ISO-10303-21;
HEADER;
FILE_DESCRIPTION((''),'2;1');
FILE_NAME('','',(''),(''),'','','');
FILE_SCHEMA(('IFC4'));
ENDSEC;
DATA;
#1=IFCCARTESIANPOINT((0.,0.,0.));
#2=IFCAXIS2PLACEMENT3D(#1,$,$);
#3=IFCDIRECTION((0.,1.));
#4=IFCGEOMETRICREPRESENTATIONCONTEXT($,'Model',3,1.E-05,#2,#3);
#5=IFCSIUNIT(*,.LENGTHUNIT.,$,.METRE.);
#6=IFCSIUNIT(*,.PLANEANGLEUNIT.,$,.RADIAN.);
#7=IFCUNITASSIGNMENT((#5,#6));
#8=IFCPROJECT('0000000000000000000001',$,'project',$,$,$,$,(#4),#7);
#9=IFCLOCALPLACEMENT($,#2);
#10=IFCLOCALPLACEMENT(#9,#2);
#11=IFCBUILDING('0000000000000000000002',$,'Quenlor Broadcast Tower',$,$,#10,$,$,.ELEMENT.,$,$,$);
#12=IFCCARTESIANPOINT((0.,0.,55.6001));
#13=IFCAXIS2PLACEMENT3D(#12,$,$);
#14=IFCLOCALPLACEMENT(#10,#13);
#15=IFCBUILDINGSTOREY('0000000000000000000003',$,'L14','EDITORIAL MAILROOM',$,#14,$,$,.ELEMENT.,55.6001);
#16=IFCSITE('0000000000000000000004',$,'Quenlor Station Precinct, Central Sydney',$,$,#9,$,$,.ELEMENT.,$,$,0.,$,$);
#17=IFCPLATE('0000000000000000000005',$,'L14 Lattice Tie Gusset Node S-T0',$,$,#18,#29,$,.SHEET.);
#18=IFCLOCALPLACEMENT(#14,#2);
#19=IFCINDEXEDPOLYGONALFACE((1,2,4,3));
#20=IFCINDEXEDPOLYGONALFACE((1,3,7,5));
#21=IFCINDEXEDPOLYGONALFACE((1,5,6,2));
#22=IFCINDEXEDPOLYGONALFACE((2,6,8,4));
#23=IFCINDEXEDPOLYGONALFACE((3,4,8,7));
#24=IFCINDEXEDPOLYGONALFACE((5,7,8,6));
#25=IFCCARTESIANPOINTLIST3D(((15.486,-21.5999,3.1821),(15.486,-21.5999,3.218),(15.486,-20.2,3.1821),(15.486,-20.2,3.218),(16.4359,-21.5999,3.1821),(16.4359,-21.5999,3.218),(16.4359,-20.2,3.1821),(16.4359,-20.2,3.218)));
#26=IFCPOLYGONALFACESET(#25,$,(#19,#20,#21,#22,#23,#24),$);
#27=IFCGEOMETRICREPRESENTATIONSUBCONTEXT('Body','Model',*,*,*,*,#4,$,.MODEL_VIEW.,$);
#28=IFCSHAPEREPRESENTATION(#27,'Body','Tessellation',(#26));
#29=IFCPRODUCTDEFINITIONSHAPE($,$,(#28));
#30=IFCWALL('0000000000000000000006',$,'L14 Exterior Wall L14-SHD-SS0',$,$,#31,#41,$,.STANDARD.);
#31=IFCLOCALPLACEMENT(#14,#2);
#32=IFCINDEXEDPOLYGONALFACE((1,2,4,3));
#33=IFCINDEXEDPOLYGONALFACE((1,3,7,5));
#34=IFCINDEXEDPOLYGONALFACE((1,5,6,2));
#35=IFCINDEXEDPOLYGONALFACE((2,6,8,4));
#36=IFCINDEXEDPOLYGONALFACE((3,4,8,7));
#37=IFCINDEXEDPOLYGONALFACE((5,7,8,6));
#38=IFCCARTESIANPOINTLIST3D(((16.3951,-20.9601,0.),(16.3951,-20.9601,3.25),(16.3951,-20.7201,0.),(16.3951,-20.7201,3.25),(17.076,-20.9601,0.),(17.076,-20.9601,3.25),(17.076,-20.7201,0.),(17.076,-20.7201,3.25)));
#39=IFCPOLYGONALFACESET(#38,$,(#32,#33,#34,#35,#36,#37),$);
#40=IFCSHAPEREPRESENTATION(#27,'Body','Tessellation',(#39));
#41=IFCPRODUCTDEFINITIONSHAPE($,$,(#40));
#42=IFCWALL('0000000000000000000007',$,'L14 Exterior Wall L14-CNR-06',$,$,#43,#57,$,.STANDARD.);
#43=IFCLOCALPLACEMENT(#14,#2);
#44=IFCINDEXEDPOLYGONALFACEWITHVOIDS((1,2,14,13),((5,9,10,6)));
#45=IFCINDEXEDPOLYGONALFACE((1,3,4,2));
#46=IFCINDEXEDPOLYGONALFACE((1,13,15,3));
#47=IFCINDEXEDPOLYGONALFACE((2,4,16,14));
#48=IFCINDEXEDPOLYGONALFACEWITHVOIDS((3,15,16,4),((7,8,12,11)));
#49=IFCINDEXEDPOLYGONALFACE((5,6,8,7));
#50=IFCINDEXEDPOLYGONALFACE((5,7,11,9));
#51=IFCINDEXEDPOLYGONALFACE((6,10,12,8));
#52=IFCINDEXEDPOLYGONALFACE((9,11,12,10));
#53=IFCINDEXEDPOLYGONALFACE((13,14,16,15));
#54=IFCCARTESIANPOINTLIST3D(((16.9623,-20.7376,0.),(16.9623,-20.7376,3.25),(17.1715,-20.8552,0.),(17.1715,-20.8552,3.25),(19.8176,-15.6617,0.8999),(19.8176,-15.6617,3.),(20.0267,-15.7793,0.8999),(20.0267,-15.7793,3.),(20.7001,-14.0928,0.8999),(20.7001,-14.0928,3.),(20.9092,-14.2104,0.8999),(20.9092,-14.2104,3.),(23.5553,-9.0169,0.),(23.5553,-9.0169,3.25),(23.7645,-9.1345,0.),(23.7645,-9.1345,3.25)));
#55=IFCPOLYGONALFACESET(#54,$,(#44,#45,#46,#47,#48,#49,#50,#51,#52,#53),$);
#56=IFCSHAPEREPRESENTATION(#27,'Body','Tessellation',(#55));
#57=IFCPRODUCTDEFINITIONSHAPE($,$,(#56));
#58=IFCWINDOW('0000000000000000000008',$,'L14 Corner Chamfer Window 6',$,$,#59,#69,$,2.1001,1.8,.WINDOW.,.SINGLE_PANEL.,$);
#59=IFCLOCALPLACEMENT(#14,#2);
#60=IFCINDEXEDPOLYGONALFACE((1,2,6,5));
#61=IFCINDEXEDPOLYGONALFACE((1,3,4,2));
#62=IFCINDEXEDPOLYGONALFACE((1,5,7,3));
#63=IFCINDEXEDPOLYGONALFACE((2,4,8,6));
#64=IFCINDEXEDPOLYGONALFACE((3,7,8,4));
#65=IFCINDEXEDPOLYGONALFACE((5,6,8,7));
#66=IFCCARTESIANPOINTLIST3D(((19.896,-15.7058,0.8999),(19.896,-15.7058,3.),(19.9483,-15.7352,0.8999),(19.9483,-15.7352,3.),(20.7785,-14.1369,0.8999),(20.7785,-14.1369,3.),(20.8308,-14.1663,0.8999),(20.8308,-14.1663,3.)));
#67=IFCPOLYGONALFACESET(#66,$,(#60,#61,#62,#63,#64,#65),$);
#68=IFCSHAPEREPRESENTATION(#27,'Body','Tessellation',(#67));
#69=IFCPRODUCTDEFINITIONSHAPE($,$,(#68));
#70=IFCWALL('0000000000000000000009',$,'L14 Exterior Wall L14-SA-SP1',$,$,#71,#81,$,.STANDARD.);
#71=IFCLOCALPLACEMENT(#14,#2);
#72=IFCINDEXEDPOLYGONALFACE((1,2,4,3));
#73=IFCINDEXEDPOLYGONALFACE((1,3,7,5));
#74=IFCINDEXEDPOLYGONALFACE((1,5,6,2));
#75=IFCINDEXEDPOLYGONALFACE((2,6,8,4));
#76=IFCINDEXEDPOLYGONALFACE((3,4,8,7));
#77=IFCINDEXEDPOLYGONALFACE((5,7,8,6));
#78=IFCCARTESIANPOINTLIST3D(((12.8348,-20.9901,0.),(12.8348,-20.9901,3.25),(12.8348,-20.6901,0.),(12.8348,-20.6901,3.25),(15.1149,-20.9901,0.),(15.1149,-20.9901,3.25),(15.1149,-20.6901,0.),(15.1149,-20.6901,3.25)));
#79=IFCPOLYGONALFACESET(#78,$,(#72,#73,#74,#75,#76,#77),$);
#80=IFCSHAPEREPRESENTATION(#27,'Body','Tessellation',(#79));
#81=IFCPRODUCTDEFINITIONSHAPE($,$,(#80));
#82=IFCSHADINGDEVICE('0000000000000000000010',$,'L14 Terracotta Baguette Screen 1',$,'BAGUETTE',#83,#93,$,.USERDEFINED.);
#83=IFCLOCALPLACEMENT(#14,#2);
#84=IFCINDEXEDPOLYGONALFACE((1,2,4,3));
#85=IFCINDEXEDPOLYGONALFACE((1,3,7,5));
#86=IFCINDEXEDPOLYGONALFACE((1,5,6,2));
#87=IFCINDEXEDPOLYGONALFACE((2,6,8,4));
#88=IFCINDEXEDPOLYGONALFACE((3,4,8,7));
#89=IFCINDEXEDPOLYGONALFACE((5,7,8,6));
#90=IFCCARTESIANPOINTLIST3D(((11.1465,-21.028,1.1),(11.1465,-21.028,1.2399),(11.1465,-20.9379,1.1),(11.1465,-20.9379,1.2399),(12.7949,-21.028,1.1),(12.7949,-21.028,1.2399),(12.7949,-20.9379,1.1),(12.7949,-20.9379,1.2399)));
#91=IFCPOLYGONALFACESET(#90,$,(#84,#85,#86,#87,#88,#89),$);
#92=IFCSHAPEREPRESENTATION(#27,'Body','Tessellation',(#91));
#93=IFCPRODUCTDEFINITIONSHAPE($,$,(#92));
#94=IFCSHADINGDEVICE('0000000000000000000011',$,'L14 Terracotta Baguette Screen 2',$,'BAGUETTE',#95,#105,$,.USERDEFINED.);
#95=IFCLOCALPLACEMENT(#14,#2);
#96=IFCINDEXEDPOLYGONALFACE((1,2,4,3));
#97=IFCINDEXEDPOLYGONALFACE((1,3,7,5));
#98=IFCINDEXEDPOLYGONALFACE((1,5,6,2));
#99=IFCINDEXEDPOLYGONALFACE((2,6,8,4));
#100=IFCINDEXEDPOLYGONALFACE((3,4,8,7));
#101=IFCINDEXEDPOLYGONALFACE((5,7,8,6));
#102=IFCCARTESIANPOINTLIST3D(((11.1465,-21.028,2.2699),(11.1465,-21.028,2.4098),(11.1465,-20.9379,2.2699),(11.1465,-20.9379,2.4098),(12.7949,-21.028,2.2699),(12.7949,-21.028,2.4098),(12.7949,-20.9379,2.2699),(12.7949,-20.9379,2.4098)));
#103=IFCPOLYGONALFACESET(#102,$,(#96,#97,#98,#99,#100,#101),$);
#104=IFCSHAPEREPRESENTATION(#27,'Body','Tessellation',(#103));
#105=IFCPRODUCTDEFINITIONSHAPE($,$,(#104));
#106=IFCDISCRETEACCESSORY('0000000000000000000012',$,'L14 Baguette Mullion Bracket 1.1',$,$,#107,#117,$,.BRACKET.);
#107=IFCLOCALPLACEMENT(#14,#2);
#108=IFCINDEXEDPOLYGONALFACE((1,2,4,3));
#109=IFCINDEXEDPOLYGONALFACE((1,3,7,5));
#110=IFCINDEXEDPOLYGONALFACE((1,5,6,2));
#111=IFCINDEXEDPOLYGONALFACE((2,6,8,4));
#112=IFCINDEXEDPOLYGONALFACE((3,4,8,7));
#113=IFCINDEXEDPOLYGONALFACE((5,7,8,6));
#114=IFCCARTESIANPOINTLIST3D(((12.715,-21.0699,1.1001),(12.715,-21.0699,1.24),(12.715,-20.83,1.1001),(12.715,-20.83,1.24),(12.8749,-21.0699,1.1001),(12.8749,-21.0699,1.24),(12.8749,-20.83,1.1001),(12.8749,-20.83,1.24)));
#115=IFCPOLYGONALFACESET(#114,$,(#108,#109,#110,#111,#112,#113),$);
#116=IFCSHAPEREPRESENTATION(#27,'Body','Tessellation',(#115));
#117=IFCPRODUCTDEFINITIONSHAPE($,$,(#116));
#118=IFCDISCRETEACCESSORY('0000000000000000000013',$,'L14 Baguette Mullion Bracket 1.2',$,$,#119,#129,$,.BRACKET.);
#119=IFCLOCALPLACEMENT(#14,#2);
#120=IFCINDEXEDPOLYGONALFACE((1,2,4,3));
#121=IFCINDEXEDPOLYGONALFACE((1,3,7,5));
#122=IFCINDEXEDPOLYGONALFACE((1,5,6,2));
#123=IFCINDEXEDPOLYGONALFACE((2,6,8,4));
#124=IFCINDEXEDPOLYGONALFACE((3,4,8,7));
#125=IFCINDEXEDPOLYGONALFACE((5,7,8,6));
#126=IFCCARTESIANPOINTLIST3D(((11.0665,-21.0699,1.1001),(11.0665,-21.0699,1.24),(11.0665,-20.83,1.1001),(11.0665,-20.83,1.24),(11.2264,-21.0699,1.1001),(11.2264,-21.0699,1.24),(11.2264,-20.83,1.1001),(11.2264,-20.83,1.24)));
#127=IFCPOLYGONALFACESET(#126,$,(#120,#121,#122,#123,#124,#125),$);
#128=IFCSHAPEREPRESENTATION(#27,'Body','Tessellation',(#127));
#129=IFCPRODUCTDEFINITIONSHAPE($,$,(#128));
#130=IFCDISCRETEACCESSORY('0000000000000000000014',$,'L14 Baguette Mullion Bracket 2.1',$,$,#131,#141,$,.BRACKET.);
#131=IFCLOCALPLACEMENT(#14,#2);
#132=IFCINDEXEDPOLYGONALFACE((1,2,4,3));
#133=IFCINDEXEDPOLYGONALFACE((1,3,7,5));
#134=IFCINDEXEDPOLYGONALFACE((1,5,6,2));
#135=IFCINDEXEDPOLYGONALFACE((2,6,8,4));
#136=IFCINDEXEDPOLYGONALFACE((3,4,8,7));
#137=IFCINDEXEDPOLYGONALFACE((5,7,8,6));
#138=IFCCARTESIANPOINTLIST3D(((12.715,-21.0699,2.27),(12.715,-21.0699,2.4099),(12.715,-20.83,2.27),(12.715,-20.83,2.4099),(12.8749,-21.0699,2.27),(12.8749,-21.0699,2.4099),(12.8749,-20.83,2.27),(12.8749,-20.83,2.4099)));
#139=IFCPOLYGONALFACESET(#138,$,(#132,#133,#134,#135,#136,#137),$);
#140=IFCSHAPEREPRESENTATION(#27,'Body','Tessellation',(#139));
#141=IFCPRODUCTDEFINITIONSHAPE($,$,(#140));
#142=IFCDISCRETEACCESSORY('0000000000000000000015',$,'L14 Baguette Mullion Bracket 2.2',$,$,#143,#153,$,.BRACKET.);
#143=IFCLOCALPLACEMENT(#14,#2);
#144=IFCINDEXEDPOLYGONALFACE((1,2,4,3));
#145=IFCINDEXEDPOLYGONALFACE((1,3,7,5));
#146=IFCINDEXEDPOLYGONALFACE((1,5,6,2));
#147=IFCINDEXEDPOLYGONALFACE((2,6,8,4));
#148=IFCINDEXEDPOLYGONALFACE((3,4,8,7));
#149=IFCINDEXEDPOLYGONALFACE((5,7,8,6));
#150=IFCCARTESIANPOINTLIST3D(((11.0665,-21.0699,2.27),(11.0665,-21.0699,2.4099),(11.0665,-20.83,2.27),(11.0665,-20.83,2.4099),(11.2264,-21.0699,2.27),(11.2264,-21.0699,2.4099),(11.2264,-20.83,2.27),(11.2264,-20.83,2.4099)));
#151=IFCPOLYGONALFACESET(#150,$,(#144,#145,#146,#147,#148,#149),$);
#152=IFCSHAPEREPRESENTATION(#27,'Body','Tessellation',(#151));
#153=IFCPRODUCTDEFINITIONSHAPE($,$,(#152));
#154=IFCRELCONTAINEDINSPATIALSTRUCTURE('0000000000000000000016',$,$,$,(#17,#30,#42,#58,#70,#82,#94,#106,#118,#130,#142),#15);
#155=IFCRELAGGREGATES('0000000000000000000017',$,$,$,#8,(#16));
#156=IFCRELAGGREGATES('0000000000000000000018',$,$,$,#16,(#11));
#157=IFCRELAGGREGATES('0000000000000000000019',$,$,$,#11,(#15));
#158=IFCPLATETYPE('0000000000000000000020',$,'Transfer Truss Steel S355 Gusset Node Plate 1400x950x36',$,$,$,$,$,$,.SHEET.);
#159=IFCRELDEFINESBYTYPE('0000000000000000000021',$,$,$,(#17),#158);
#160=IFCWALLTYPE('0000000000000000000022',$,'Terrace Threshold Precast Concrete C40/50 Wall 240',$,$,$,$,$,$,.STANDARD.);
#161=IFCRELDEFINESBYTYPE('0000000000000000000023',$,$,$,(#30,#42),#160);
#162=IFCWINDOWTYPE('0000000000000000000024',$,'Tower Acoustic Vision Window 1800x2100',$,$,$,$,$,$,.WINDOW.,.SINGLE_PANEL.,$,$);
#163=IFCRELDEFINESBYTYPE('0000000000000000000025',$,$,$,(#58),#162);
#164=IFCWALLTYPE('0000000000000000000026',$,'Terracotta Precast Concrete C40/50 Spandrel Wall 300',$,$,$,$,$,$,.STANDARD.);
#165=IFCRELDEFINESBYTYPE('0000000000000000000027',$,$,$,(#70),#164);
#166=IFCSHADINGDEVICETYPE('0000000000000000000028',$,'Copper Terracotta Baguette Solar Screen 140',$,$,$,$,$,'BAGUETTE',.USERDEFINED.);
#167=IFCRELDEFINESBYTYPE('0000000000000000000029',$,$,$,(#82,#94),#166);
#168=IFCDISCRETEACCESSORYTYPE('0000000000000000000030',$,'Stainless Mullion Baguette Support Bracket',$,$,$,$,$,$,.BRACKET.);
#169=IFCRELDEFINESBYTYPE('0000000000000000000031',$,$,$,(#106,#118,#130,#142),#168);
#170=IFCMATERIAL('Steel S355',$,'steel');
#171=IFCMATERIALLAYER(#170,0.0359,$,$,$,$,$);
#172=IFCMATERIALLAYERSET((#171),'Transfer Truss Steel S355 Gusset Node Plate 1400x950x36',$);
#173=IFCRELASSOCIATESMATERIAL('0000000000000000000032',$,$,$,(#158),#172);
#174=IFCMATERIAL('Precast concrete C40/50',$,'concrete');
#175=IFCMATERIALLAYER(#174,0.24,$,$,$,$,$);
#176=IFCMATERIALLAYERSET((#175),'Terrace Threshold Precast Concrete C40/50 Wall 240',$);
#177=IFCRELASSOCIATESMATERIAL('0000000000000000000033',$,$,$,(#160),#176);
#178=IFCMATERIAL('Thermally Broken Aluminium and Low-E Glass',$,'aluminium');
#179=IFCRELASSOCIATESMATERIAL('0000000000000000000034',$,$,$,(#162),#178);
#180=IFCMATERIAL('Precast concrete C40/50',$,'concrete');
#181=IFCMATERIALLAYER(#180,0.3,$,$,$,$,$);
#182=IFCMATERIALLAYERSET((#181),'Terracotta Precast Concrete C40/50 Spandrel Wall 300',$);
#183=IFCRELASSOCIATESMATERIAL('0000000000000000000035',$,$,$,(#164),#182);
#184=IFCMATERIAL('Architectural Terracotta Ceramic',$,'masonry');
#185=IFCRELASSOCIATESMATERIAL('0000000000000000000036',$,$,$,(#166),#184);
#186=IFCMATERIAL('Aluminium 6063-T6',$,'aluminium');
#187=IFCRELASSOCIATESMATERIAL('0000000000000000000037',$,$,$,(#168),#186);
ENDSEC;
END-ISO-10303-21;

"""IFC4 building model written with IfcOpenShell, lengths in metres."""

from ifc_helpers import new_model, si_unit, direction, frame, frame_2d, origin, origin_2d, place, context, subcontext, project, spatial, rectangle, extrude, material, layer, layer_set, material_profile, profile_set, type_object, element, fill, save


model = new_model("IFC4")

# Units and contexts
model_context = context("Model", 3, precision=1e-05, world=origin(), true_north=direction((0.0, 1.0)))
body_context = subcontext(model_context, "Body", "Model", "MODEL_VIEW")
ifc_project = project(units=[si_unit("LENGTHUNIT", "METRE"), si_unit("PLANEANGLEUNIT", "RADIAN")], contexts=[model_context])

# Site, building, storey
site_placement = place(None, origin())
site = spatial("IfcSite", under=ifc_project, at=site_placement, Name="Quenlor Station Precinct, Central Sydney", CompositionType="ELEMENT", RefElevation=0.0)
building_placement = place(site_placement, origin())
building = spatial("IfcBuilding", under=site, at=building_placement, Name="Quenlor Broadcast Tower", CompositionType="ELEMENT")
storey_placement = place(building_placement, frame((0.0, 0.0, 55.6001)))
storey = spatial("IfcBuildingStorey", under=building, at=storey_placement, Name="L14", Description="EDITORIAL MAILROOM", CompositionType="ELEMENT", Elevation=55.6001)

# Plate
ifc_material_1 = material(Name="Steel S355", Category="steel")
ifc_layer_1 = layer(ifc_material_1, 0.0359)
ifc_layer_set_1 = layer_set([ifc_layer_1], Name="Transfer Truss Steel S355 Gusset Node Plate 1400x950x36")
plate_type_1 = type_object("IfcPlateType", Name="Transfer Truss Steel S355 Gusset Node Plate 1400x950x36", PredefinedType="SHEET", material=ifc_layer_set_1)
for number, where, z_axis, x_axis, name in (
    (1, (15.9609, -20.8999, 3.1821), (0.0, 0.0, 1.0), (0.0, -1.0, 0.0), "L14 Lattice Tie Gusset Node S-T0"),
):
    element("IfcPlate", number, at=place(storey_placement, frame(where, z_axis=z_axis, x_axis=x_axis)), inside=storey, type_object=plate_type_1, Name=name, PredefinedType="SHEET", context=body_context, shape_type="SweptSolid", body=[
        extrude(rectangle(XDim=1.3999, YDim=0.95, at=origin_2d()), origin(), (0.0, 0.0, 1.0), 0.0359),
    ])

# Wall
ifc_material_2 = material(Name="Precast concrete C40/50", Category="concrete")
ifc_layer_2 = layer(ifc_material_2, 0.24)
ifc_layer_set_2 = layer_set([ifc_layer_2], Name="Terrace Threshold Precast Concrete C40/50 Wall 240")
wall_type_1 = type_object("IfcWallType", Name="Terrace Threshold Precast Concrete C40/50 Wall 240", PredefinedType="STANDARD", material=ifc_layer_set_2)
wall_1_placement = place(storey_placement, frame((17.0759, -20.8401, 0.0), z_axis=(0.0, 0.0, 1.0), x_axis=(-1.0, 0.0, 0.0)))
element("IfcWall", 2, at=wall_1_placement, inside=storey, type_object=wall_type_1, Name="L14 Exterior Wall L14-SHD-SS0", PredefinedType="STANDARD", context=body_context, shape_type="SweptSolid", body=[
    extrude(rectangle(XDim=0.6809, YDim=0.24, at=frame_2d((0.3403, 0.0))), origin(), (0.0, 0.0, 1.0), 3.25),
])

# Wall, opening, window
wall_2_placement = place(storey_placement, frame((17.0669, -20.7964, 0.0), z_axis=(0.0, 0.0, 1.0), x_axis=(0.490268, 0.871572, 0.0)))
wall_2 = element("IfcWall", 3, at=wall_2_placement, inside=storey, type_object=wall_type_1, Name="L14 Exterior Wall L14-CNR-06", PredefinedType="STANDARD", context=body_context, shape_type="SweptSolid", body=[
    extrude(rectangle(XDim=13.4478, YDim=0.24, at=frame_2d((6.7239, 0.0))), origin(), (0.0, 0.0, 1.0), 3.25),
])
opening_placement = place(wall_2_placement, frame((5.824, 0.0, 0.8999)))
opening = element("IfcOpeningElement", 4, at=opening_placement, cuts=wall_2, PredefinedType="OPENING", context=body_context, shape_type="SweptSolid", body=[
    extrude(rectangle(XDim=1.8, YDim=2.1001, at=frame_2d((0.8999, 1.05))), frame((0.0, 0.1299, 0.0), z_axis=(0.0, -1.0, 0.0), x_axis=(1.0, 0.0, 0.0)), (0.0, 0.0, 1.0), 0.26),
])
ifc_material_3 = material(Name="Thermally Broken Aluminium and Low-E Glass", Category="aluminium")
window_type = type_object("IfcWindowType", Name="Tower Acoustic Vision Window 1800x2100", PartitioningType="SINGLE_PANEL", PredefinedType="WINDOW", material=ifc_material_3)
window_placement = place(opening_placement, origin())
window = element("IfcWindow", 5, at=window_placement, inside=storey, type_object=window_type, Name="L14 Corner Chamfer Window 6", OverallHeight=2.1001, OverallWidth=1.8, PartitioningType="SINGLE_PANEL", PredefinedType="WINDOW", context=body_context, shape_type="SweptSolid", body=[
    extrude(rectangle(XDim=1.8, YDim=2.1001, at=frame_2d((0.8999, 1.05))), frame((0.0, 0.03, 0.0), z_axis=(0.0, -1.0, 0.0), x_axis=(1.0, 0.0, 0.0)), (0.0, 0.0, 1.0), 0.0601),
])
fill(opening, window)

# Wall
ifc_material_4 = material(Name="Precast concrete C40/50", Category="concrete")
ifc_layer_3 = layer(ifc_material_4, 0.3)
ifc_layer_set_3 = layer_set([ifc_layer_3], Name="Terracotta Precast Concrete C40/50 Spandrel Wall 300")
wall_type_2 = type_object("IfcWallType", Name="Terracotta Precast Concrete C40/50 Spandrel Wall 300", PredefinedType="STANDARD", material=ifc_layer_set_3)
wall_3_placement = place(storey_placement, frame((15.115, -20.8401, 0.0), z_axis=(0.0, 0.0, 1.0), x_axis=(-1.0, 0.0, 0.0)))
element("IfcWall", 6, at=wall_3_placement, inside=storey, type_object=wall_type_2, Name="L14 Exterior Wall L14-SA-SP1", PredefinedType="STANDARD", context=body_context, shape_type="SweptSolid", body=[
    extrude(rectangle(XDim=2.28, YDim=0.3, at=frame_2d((1.1401, 0.0))), origin(), (0.0, 0.0, 1.0), 3.25),
])

# Shading devices
ifc_material_5 = material(Name="Architectural Terracotta Ceramic", Category="masonry")
ifc_material_profile_1 = material_profile(ifc_material_5, rectangle(XDim=0.0901, YDim=0.1399, at=origin_2d()))
ifc_profile_set_1 = profile_set([ifc_material_profile_1], Name="Architectural Terracotta Ceramic BAG90x140")
shading_device_type = type_object("IfcShadingDeviceType", Name="Copper Terracotta Baguette Solar Screen 140", ElementType="BAGUETTE", PredefinedType="USERDEFINED", material=ifc_profile_set_1)
for number, where, z_axis, x_axis, name in (
    (7, (12.7949, -20.9829, 1.1699), (-1.0, 0.0, 0.0), (0.0, -1.0, 0.0), "L14 Terracotta Baguette Screen 1"),
    (8, (12.7949, -20.9829, 2.3398), (-1.0, 0.0, 0.0), (0.0, -1.0, 0.0), "L14 Terracotta Baguette Screen 2"),
):
    element("IfcShadingDevice", number, at=place(storey_placement, frame(where, z_axis=z_axis, x_axis=x_axis)), inside=storey, type_object=shading_device_type, Name=name, ObjectType="BAGUETTE", PredefinedType="USERDEFINED", context=body_context, shape_type="SweptSolid", body=[
        extrude(rectangle(XDim=0.0901, YDim=0.1399, at=origin_2d()), origin(), (0.0, 0.0, 1.0), 1.6484),
    ])

# Discrete accessories
ifc_material_6 = material(Name="Aluminium 6063-T6", Category="aluminium")
discrete_accessory_type = type_object("IfcDiscreteAccessoryType", Name="Stainless Mullion Baguette Support Bracket", PredefinedType="BRACKET", material=ifc_material_6)
for number, where, z_axis, x_axis, name in (
    (9, (12.7949, -20.95, 1.1001), (0.0, 0.0, 1.0), (-1.0, 0.0, 0.0), "L14 Baguette Mullion Bracket 1.1"),
    (10, (11.1465, -20.95, 1.1001), (0.0, 0.0, 1.0), (-1.0, 0.0, 0.0), "L14 Baguette Mullion Bracket 1.2"),
    (11, (12.7949, -20.95, 2.27), (0.0, 0.0, 1.0), (-1.0, 0.0, 0.0), "L14 Baguette Mullion Bracket 2.1"),
    (12, (11.1465, -20.95, 2.27), (0.0, 0.0, 1.0), (-1.0, 0.0, 0.0), "L14 Baguette Mullion Bracket 2.2"),
):
    element("IfcDiscreteAccessory", number, at=place(storey_placement, frame(where, z_axis=z_axis, x_axis=x_axis)), inside=storey, type_object=discrete_accessory_type, Name=name, PredefinedType="BRACKET", context=body_context, shape_type="SweptSolid", body=[
        extrude(rectangle(XDim=0.1599, YDim=0.24, at=origin_2d()), origin(), (0.0, 0.0, 1.0), 0.1399),
    ])

save(model, "model.ifc")
